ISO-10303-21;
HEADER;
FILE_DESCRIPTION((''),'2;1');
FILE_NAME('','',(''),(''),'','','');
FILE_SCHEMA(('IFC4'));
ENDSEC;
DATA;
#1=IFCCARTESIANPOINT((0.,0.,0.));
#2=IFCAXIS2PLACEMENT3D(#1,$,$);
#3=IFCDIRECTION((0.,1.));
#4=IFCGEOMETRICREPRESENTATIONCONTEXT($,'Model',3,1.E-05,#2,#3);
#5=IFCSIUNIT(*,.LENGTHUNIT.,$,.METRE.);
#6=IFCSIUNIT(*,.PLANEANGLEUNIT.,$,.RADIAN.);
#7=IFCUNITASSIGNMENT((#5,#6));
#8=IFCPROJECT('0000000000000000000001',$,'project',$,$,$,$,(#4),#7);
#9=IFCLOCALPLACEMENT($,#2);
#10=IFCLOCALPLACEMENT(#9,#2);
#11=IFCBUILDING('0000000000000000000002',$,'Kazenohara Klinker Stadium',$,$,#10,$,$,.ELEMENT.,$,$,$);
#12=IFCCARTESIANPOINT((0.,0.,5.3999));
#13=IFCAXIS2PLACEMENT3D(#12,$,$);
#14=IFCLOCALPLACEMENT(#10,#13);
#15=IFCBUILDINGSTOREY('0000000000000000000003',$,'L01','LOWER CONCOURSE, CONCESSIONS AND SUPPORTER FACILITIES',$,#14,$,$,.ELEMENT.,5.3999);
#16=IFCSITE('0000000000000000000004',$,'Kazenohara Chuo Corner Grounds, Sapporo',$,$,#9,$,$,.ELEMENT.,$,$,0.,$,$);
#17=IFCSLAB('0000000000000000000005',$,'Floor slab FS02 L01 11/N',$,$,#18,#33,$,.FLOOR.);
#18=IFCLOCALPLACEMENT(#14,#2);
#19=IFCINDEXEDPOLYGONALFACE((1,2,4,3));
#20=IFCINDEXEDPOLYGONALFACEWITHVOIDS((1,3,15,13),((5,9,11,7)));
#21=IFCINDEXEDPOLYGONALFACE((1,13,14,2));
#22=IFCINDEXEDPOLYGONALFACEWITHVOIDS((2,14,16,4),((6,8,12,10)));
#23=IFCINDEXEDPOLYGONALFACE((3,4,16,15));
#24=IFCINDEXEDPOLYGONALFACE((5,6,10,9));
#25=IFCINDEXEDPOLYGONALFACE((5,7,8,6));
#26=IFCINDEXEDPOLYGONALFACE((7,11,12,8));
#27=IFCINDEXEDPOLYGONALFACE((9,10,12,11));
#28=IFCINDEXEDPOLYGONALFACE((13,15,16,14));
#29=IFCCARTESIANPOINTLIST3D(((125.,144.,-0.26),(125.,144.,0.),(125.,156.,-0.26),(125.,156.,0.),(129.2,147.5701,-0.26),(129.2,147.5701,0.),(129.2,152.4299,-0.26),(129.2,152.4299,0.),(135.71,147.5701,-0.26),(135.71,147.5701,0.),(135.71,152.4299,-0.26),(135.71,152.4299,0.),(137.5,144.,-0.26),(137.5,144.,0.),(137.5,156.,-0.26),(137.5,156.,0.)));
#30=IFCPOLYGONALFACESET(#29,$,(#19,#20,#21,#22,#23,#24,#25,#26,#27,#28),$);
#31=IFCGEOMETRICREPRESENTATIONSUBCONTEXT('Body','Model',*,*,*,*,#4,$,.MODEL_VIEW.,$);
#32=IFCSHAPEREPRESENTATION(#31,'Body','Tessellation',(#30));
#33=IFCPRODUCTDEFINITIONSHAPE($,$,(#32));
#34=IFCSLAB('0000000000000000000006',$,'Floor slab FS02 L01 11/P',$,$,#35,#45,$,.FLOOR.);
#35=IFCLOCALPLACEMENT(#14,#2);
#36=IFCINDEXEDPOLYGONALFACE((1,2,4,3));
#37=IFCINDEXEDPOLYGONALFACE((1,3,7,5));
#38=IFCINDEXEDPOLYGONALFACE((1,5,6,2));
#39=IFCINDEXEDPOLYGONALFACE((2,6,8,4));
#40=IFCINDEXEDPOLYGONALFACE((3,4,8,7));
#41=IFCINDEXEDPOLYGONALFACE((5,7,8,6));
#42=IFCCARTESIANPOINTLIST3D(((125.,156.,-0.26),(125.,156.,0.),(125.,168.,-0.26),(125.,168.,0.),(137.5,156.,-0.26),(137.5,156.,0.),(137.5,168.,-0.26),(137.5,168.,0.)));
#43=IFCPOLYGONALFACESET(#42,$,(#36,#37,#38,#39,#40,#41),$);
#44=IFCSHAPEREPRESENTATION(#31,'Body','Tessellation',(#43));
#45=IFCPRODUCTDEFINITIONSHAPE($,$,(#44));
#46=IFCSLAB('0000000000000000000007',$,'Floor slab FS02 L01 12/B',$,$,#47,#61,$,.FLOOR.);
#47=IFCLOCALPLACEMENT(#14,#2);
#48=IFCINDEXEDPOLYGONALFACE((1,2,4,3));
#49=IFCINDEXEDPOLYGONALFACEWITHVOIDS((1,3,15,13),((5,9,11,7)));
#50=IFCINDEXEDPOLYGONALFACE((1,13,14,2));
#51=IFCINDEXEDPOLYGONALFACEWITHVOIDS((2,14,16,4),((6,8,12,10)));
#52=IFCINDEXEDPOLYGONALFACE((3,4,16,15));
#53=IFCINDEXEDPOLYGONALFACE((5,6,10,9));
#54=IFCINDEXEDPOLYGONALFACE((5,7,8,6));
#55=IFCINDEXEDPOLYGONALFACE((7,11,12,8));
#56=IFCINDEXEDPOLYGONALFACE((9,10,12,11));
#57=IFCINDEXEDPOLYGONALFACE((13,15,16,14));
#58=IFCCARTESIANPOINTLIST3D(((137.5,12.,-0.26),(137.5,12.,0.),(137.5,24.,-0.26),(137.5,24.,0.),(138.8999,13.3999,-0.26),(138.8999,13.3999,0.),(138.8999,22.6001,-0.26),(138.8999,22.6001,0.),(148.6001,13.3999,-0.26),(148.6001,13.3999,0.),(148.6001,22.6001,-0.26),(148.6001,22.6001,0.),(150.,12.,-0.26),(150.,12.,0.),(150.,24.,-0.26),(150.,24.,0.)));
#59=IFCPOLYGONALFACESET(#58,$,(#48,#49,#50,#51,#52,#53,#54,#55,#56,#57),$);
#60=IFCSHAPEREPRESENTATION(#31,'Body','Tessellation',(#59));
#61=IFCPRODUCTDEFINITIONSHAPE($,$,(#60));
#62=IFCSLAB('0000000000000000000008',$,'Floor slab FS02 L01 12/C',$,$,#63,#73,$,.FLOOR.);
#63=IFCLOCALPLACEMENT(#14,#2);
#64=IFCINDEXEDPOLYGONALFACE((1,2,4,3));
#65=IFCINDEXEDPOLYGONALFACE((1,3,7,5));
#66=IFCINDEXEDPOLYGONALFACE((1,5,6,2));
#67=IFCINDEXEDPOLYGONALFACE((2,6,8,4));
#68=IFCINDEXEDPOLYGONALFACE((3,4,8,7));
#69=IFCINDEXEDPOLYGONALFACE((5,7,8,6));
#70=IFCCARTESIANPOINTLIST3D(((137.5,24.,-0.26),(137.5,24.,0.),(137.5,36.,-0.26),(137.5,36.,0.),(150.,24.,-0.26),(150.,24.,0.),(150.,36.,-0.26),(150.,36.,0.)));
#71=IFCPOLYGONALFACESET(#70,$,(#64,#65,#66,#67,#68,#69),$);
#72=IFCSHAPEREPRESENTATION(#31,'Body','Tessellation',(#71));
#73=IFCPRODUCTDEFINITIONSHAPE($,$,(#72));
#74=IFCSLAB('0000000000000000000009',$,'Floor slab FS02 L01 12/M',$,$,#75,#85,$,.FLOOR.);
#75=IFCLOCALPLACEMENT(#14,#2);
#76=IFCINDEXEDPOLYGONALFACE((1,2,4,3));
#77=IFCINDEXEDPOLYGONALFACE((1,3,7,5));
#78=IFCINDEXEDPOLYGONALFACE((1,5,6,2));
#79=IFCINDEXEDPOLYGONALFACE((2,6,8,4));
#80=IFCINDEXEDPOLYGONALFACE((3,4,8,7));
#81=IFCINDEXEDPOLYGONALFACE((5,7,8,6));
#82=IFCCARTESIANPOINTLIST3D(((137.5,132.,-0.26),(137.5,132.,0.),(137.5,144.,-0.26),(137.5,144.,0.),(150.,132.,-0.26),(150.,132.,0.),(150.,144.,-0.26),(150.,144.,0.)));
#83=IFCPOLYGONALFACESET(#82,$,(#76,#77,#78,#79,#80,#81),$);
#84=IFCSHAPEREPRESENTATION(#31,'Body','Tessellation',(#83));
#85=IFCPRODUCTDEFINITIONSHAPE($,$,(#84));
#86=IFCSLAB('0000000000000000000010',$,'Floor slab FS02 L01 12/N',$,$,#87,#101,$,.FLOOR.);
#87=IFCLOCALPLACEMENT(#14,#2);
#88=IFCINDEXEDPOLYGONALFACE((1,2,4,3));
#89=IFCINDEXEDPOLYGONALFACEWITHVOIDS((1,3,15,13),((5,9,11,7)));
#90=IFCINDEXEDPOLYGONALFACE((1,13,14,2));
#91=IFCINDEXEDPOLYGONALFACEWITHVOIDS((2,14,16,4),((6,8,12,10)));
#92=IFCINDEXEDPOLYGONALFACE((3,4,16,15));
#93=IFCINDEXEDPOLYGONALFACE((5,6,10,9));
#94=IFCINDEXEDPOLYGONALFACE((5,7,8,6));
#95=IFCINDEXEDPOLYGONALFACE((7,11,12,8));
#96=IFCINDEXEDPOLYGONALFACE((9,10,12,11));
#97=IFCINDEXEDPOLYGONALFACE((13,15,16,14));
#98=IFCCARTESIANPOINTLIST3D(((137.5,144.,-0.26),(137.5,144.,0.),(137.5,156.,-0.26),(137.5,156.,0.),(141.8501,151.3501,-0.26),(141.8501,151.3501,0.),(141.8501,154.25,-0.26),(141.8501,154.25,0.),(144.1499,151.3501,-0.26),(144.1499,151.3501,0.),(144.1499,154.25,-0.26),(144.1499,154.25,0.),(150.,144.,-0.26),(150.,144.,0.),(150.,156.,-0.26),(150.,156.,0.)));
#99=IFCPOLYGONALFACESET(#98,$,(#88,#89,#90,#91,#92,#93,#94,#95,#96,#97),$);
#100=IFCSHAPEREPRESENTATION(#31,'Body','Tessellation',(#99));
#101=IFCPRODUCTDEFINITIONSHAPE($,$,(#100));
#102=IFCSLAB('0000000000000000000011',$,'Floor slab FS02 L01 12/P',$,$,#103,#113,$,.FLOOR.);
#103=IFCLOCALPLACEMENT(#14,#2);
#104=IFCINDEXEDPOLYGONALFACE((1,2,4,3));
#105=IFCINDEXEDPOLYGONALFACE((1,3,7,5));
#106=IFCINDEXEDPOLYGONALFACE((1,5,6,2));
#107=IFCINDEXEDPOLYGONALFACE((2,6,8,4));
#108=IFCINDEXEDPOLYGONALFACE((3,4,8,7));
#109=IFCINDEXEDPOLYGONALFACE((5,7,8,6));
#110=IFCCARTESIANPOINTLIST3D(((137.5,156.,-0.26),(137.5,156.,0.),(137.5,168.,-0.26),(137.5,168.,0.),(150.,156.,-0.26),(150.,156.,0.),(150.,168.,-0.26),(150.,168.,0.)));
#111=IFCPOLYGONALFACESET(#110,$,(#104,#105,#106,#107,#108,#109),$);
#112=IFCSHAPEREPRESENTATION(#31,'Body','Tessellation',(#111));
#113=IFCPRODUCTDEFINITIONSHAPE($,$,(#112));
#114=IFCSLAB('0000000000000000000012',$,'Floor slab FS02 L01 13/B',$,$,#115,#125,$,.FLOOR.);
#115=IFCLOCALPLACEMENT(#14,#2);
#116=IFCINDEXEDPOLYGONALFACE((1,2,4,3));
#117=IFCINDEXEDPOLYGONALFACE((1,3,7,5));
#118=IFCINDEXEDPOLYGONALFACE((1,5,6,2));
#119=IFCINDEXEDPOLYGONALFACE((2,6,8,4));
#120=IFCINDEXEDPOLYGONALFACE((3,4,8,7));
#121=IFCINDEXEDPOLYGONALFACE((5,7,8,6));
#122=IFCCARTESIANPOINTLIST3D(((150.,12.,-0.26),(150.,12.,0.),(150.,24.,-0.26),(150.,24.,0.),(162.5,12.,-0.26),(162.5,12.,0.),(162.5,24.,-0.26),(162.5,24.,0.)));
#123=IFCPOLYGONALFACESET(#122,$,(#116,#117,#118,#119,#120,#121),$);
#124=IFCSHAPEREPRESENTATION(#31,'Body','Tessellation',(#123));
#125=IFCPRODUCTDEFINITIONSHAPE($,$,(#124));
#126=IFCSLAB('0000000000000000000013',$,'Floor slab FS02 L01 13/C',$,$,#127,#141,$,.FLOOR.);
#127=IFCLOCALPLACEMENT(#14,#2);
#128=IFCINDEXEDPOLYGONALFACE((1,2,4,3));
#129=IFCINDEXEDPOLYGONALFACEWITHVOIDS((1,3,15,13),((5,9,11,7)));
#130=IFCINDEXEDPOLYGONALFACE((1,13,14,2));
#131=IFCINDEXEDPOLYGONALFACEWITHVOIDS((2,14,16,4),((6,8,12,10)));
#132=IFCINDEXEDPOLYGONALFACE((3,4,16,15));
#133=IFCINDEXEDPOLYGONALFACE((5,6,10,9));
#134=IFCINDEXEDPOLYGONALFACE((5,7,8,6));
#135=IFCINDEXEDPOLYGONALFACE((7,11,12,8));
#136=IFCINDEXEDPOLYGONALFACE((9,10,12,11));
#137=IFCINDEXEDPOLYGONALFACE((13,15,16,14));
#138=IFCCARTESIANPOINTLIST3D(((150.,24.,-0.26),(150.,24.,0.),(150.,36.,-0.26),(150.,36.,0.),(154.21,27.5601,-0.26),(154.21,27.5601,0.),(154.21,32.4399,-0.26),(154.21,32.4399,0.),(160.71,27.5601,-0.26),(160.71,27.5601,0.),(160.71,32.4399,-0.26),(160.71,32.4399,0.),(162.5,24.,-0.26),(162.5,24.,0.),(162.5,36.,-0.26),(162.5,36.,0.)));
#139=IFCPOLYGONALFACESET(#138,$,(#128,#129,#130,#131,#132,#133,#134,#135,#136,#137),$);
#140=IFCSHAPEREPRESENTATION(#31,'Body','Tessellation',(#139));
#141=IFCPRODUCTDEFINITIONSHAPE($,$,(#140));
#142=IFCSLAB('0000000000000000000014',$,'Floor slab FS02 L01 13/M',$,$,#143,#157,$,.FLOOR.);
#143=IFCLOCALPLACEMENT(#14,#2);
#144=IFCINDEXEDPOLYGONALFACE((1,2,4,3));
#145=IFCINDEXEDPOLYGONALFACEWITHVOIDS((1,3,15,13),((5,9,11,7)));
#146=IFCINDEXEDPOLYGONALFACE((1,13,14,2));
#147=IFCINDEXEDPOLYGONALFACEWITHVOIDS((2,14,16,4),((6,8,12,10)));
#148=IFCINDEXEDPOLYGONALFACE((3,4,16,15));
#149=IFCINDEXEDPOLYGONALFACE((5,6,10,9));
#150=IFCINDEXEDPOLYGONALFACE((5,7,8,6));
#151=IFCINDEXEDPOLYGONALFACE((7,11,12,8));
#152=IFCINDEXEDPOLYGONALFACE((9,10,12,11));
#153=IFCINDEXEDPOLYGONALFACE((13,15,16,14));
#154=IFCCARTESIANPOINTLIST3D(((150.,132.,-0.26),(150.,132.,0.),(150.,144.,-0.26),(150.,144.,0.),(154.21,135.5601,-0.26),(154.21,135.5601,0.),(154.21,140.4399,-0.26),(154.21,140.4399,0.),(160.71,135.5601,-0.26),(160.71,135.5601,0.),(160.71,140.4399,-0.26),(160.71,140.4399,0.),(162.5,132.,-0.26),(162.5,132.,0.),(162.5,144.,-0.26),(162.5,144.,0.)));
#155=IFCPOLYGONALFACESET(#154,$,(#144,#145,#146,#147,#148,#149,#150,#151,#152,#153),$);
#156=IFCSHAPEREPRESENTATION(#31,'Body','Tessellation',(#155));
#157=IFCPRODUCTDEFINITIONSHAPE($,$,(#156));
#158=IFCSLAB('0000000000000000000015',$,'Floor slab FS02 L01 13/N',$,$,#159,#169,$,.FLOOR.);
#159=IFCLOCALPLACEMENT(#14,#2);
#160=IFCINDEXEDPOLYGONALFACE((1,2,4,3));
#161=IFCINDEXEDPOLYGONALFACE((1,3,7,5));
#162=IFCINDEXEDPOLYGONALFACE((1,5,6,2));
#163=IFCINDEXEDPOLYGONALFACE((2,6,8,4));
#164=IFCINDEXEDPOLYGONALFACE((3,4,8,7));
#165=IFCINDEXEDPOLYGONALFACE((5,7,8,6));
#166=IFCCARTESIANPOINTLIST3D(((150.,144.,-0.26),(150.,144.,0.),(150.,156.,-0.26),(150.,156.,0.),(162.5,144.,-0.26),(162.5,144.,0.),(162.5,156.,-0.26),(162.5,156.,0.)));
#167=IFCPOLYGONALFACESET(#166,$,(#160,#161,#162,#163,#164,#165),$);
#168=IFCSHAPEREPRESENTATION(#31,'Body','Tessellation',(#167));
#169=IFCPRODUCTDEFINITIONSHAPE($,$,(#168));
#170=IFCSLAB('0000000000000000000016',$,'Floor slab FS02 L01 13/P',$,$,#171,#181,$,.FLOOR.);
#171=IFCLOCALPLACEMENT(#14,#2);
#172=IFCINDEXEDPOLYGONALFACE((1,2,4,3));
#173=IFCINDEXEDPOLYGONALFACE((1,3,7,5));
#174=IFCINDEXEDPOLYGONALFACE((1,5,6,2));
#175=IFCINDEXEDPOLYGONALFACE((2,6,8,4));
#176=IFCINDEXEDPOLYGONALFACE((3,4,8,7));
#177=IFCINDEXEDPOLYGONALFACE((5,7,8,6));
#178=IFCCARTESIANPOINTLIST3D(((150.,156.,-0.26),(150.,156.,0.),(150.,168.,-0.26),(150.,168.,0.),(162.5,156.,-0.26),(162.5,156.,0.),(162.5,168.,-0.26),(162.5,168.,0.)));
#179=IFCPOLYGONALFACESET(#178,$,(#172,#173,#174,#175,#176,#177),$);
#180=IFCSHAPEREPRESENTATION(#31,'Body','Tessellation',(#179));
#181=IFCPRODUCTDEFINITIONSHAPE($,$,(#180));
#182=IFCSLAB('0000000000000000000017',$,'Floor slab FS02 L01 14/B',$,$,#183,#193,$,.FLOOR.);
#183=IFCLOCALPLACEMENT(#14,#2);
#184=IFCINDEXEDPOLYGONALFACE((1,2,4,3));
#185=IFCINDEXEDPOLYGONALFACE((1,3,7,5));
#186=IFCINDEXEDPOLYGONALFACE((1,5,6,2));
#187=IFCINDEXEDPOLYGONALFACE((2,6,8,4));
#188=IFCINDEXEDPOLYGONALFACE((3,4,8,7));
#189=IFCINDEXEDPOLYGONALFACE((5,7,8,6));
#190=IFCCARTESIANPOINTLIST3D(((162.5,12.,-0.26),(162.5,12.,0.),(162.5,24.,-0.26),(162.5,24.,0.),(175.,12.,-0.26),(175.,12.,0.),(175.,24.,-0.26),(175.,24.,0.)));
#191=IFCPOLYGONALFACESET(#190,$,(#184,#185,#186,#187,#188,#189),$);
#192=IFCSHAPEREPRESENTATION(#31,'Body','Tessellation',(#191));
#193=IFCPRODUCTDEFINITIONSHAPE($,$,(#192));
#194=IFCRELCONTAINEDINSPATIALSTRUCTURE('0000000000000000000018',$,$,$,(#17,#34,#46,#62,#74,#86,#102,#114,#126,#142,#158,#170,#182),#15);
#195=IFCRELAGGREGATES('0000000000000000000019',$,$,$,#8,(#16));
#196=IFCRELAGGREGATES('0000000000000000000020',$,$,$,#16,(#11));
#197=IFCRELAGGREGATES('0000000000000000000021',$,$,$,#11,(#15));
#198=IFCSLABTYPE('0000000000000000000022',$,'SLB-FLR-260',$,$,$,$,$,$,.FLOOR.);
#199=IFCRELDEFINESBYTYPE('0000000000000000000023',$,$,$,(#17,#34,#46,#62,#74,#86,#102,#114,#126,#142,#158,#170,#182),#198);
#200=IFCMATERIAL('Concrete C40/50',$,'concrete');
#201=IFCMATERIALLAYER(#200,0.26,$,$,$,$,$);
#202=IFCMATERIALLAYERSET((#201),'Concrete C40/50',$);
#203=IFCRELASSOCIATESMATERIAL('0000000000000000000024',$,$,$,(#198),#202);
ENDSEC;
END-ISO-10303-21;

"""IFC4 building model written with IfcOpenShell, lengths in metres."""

from ifc_helpers import new_model, si_unit, direction, frame, origin, place, context, subcontext, project, spatial, polyline, outline, extrude, material, layer, layer_set, type_object, element, save


model = new_model("IFC4")

# Units and contexts
model_context = context("Model", 3, precision=1e-05, world=origin(), true_north=direction((0.0, 1.0)))
body_context = subcontext(model_context, "Body", "Model", "MODEL_VIEW")
ifc_project = project(units=[si_unit("LENGTHUNIT", "METRE"), si_unit("PLANEANGLEUNIT", "RADIAN")], contexts=[model_context])

# Site, building, storey
site_placement = place(None, origin())
site = spatial("IfcSite", under=ifc_project, at=site_placement, Name="Kazenohara Chuo Corner Grounds, Sapporo", CompositionType="ELEMENT", RefElevation=0.0)
building_placement = place(site_placement, origin())
building = spatial("IfcBuilding", under=site, at=building_placement, Name="Kazenohara Klinker Stadium", CompositionType="ELEMENT")
storey_placement = place(building_placement, frame((0.0, 0.0, 5.3999)))
storey = spatial("IfcBuildingStorey", under=building, at=storey_placement, Name="L01", Description="LOWER CONCOURSE, CONCESSIONS AND SUPPORTER FACILITIES", CompositionType="ELEMENT", Elevation=5.3999)

# Slabs
ifc_material = material(Name="Concrete C40/50", Category="concrete")
ifc_layer = layer(ifc_material, 0.26)
ifc_layer_set = layer_set([ifc_layer], Name="Concrete C40/50")
slab_type = type_object("IfcSlabType", Name="SLB-FLR-260", PredefinedType="FLOOR", material=ifc_layer_set)
slab_1_placement = place(storey_placement, frame((0.0, 0.0, -0.26)))
element("IfcSlab", 1, at=slab_1_placement, inside=storey, type_object=slab_type, Name="Floor slab FS02 L01 11/N", PredefinedType="FLOOR", context=body_context, shape_type="SweptSolid", body=[
    extrude(outline(polyline([(125.0, 144.0), (137.5, 144.0), (137.5, 156.0), (125.0, 156.0), (125.0, 144.0)]), holes=[polyline([(129.2, 147.5701), (135.71, 147.5701), (135.71, 152.4299), (129.2, 152.4299), (129.2, 147.5701)])]), origin(), (0.0, 0.0, 1.0), 0.26),
])
slab_2_placement = place(storey_placement, frame((0.0, 0.0, -0.26)))
element("IfcSlab", 2, at=slab_2_placement, inside=storey, type_object=slab_type, Name="Floor slab FS02 L01 11/P", PredefinedType="FLOOR", context=body_context, shape_type="SweptSolid", body=[
    extrude(outline(polyline([(125.0, 156.0), (137.5, 156.0), (137.5, 168.0), (125.0, 168.0), (125.0, 156.0)])), origin(), (0.0, 0.0, 1.0), 0.26),
])
slab_3_placement = place(storey_placement, frame((0.0, 0.0, -0.26)))
element("IfcSlab", 3, at=slab_3_placement, inside=storey, type_object=slab_type, Name="Floor slab FS02 L01 12/B", PredefinedType="FLOOR", context=body_context, shape_type="SweptSolid", body=[
    extrude(outline(polyline([(137.5, 12.0), (150.0, 12.0), (150.0, 24.0), (137.5, 24.0), (137.5, 12.0)]), holes=[polyline([(138.8999, 13.3999), (148.6001, 13.3999), (148.6001, 22.6001), (138.8999, 22.6001), (138.8999, 13.3999)])]), origin(), (0.0, 0.0, 1.0), 0.26),
])
slab_4_placement = place(storey_placement, frame((0.0, 0.0, -0.26)))
element("IfcSlab", 4, at=slab_4_placement, inside=storey, type_object=slab_type, Name="Floor slab FS02 L01 12/C", PredefinedType="FLOOR", context=body_context, shape_type="SweptSolid", body=[
    extrude(outline(polyline([(137.5, 24.0), (150.0, 24.0), (150.0, 36.0), (137.5, 36.0), (137.5, 24.0)])), origin(), (0.0, 0.0, 1.0), 0.26),
])
slab_5_placement = place(storey_placement, frame((0.0, 0.0, -0.26)))
element("IfcSlab", 5, at=slab_5_placement, inside=storey, type_object=slab_type, Name="Floor slab FS02 L01 12/M", PredefinedType="FLOOR", context=body_context, shape_type="SweptSolid", body=[
    extrude(outline(polyline([(137.5, 132.0), (150.0, 132.0), (150.0, 144.0), (137.5, 144.0), (137.5, 132.0)])), origin(), (0.0, 0.0, 1.0), 0.26),
])
slab_6_placement = place(storey_placement, frame((0.0, 0.0, -0.26)))
element("IfcSlab", 6, at=slab_6_placement, inside=storey, type_object=slab_type, Name="Floor slab FS02 L01 12/N", PredefinedType="FLOOR", context=body_context, shape_type="SweptSolid", body=[
    extrude(outline(polyline([(137.5, 144.0), (150.0, 144.0), (150.0, 156.0), (137.5, 156.0), (137.5, 144.0)]), holes=[polyline([(141.8501, 151.3501), (144.1499, 151.3501), (144.1499, 154.25), (141.8501, 154.25), (141.8501, 151.3501)])]), origin(), (0.0, 0.0, 1.0), 0.26),
])
slab_7_placement = place(storey_placement, frame((0.0, 0.0, -0.26)))
element("IfcSlab", 7, at=slab_7_placement, inside=storey, type_object=slab_type, Name="Floor slab FS02 L01 12/P", PredefinedType="FLOOR", context=body_context, shape_type="SweptSolid", body=[
    extrude(outline(polyline([(137.5, 156.0), (150.0, 156.0), (150.0, 168.0), (137.5, 168.0), (137.5, 156.0)])), origin(), (0.0, 0.0, 1.0), 0.26),
])
slab_8_placement = place(storey_placement, frame((0.0, 0.0, -0.26)))
element("IfcSlab", 8, at=slab_8_placement, inside=storey, type_object=slab_type, Name="Floor slab FS02 L01 13/B", PredefinedType="FLOOR", context=body_context, shape_type="SweptSolid", body=[
    extrude(outline(polyline([(150.0, 12.0), (162.5, 12.0), (162.5, 24.0), (150.0, 24.0), (150.0, 12.0)])), origin(), (0.0, 0.0, 1.0), 0.26),
])
slab_9_placement = place(storey_placement, frame((0.0, 0.0, -0.26)))
element("IfcSlab", 9, at=slab_9_placement, inside=storey, type_object=slab_type, Name="Floor slab FS02 L01 13/C", PredefinedType="FLOOR", context=body_context, shape_type="SweptSolid", body=[
    extrude(outline(polyline([(150.0, 24.0), (162.5, 24.0), (162.5, 36.0), (150.0, 36.0), (150.0, 24.0)]), holes=[polyline([(154.21, 27.5601), (160.71, 27.5601), (160.71, 32.4399), (154.21, 32.4399), (154.21, 27.5601)])]), origin(), (0.0, 0.0, 1.0), 0.26),
])
slab_10_placement = place(storey_placement, frame((0.0, 0.0, -0.26)))
element("IfcSlab", 10, at=slab_10_placement, inside=storey, type_object=slab_type, Name="Floor slab FS02 L01 13/M", PredefinedType="FLOOR", context=body_context, shape_type="SweptSolid", body=[
    extrude(outline(polyline([(150.0, 132.0), (162.5, 132.0), (162.5, 144.0), (150.0, 144.0), (150.0, 132.0)]), holes=[polyline([(154.21, 135.5601), (160.71, 135.5601), (160.71, 140.4399), (154.21, 140.4399), (154.21, 135.5601)])]), origin(), (0.0, 0.0, 1.0), 0.26),
])
slab_11_placement = place(storey_placement, frame((0.0, 0.0, -0.26)))
element("IfcSlab", 11, at=slab_11_placement, inside=storey, type_object=slab_type, Name="Floor slab FS02 L01 13/N", PredefinedType="FLOOR", context=body_context, shape_type="SweptSolid", body=[
    extrude(outline(polyline([(150.0, 144.0), (162.5, 144.0), (162.5, 156.0), (150.0, 156.0), (150.0, 144.0)])), origin(), (0.0, 0.0, 1.0), 0.26),
])
slab_12_placement = place(storey_placement, frame((0.0, 0.0, -0.26)))
element("IfcSlab", 12, at=slab_12_placement, inside=storey, type_object=slab_type, Name="Floor slab FS02 L01 13/P", PredefinedType="FLOOR", context=body_context, shape_type="SweptSolid", body=[
    extrude(outline(polyline([(150.0, 156.0), (162.5, 156.0), (162.5, 168.0), (150.0, 168.0), (150.0, 156.0)])), origin(), (0.0, 0.0, 1.0), 0.26),
])
slab_13_placement = place(storey_placement, frame((0.0, 0.0, -0.26)))
element("IfcSlab", 13, at=slab_13_placement, inside=storey, type_object=slab_type, Name="Floor slab FS02 L01 14/B", PredefinedType="FLOOR", context=body_context, shape_type="SweptSolid", body=[
    extrude(outline(polyline([(162.5, 12.0), (175.0, 12.0), (175.0, 24.0), (162.5, 24.0), (162.5, 12.0)])), origin(), (0.0, 0.0, 1.0), 0.26),
])

save(model, "model.ifc")
